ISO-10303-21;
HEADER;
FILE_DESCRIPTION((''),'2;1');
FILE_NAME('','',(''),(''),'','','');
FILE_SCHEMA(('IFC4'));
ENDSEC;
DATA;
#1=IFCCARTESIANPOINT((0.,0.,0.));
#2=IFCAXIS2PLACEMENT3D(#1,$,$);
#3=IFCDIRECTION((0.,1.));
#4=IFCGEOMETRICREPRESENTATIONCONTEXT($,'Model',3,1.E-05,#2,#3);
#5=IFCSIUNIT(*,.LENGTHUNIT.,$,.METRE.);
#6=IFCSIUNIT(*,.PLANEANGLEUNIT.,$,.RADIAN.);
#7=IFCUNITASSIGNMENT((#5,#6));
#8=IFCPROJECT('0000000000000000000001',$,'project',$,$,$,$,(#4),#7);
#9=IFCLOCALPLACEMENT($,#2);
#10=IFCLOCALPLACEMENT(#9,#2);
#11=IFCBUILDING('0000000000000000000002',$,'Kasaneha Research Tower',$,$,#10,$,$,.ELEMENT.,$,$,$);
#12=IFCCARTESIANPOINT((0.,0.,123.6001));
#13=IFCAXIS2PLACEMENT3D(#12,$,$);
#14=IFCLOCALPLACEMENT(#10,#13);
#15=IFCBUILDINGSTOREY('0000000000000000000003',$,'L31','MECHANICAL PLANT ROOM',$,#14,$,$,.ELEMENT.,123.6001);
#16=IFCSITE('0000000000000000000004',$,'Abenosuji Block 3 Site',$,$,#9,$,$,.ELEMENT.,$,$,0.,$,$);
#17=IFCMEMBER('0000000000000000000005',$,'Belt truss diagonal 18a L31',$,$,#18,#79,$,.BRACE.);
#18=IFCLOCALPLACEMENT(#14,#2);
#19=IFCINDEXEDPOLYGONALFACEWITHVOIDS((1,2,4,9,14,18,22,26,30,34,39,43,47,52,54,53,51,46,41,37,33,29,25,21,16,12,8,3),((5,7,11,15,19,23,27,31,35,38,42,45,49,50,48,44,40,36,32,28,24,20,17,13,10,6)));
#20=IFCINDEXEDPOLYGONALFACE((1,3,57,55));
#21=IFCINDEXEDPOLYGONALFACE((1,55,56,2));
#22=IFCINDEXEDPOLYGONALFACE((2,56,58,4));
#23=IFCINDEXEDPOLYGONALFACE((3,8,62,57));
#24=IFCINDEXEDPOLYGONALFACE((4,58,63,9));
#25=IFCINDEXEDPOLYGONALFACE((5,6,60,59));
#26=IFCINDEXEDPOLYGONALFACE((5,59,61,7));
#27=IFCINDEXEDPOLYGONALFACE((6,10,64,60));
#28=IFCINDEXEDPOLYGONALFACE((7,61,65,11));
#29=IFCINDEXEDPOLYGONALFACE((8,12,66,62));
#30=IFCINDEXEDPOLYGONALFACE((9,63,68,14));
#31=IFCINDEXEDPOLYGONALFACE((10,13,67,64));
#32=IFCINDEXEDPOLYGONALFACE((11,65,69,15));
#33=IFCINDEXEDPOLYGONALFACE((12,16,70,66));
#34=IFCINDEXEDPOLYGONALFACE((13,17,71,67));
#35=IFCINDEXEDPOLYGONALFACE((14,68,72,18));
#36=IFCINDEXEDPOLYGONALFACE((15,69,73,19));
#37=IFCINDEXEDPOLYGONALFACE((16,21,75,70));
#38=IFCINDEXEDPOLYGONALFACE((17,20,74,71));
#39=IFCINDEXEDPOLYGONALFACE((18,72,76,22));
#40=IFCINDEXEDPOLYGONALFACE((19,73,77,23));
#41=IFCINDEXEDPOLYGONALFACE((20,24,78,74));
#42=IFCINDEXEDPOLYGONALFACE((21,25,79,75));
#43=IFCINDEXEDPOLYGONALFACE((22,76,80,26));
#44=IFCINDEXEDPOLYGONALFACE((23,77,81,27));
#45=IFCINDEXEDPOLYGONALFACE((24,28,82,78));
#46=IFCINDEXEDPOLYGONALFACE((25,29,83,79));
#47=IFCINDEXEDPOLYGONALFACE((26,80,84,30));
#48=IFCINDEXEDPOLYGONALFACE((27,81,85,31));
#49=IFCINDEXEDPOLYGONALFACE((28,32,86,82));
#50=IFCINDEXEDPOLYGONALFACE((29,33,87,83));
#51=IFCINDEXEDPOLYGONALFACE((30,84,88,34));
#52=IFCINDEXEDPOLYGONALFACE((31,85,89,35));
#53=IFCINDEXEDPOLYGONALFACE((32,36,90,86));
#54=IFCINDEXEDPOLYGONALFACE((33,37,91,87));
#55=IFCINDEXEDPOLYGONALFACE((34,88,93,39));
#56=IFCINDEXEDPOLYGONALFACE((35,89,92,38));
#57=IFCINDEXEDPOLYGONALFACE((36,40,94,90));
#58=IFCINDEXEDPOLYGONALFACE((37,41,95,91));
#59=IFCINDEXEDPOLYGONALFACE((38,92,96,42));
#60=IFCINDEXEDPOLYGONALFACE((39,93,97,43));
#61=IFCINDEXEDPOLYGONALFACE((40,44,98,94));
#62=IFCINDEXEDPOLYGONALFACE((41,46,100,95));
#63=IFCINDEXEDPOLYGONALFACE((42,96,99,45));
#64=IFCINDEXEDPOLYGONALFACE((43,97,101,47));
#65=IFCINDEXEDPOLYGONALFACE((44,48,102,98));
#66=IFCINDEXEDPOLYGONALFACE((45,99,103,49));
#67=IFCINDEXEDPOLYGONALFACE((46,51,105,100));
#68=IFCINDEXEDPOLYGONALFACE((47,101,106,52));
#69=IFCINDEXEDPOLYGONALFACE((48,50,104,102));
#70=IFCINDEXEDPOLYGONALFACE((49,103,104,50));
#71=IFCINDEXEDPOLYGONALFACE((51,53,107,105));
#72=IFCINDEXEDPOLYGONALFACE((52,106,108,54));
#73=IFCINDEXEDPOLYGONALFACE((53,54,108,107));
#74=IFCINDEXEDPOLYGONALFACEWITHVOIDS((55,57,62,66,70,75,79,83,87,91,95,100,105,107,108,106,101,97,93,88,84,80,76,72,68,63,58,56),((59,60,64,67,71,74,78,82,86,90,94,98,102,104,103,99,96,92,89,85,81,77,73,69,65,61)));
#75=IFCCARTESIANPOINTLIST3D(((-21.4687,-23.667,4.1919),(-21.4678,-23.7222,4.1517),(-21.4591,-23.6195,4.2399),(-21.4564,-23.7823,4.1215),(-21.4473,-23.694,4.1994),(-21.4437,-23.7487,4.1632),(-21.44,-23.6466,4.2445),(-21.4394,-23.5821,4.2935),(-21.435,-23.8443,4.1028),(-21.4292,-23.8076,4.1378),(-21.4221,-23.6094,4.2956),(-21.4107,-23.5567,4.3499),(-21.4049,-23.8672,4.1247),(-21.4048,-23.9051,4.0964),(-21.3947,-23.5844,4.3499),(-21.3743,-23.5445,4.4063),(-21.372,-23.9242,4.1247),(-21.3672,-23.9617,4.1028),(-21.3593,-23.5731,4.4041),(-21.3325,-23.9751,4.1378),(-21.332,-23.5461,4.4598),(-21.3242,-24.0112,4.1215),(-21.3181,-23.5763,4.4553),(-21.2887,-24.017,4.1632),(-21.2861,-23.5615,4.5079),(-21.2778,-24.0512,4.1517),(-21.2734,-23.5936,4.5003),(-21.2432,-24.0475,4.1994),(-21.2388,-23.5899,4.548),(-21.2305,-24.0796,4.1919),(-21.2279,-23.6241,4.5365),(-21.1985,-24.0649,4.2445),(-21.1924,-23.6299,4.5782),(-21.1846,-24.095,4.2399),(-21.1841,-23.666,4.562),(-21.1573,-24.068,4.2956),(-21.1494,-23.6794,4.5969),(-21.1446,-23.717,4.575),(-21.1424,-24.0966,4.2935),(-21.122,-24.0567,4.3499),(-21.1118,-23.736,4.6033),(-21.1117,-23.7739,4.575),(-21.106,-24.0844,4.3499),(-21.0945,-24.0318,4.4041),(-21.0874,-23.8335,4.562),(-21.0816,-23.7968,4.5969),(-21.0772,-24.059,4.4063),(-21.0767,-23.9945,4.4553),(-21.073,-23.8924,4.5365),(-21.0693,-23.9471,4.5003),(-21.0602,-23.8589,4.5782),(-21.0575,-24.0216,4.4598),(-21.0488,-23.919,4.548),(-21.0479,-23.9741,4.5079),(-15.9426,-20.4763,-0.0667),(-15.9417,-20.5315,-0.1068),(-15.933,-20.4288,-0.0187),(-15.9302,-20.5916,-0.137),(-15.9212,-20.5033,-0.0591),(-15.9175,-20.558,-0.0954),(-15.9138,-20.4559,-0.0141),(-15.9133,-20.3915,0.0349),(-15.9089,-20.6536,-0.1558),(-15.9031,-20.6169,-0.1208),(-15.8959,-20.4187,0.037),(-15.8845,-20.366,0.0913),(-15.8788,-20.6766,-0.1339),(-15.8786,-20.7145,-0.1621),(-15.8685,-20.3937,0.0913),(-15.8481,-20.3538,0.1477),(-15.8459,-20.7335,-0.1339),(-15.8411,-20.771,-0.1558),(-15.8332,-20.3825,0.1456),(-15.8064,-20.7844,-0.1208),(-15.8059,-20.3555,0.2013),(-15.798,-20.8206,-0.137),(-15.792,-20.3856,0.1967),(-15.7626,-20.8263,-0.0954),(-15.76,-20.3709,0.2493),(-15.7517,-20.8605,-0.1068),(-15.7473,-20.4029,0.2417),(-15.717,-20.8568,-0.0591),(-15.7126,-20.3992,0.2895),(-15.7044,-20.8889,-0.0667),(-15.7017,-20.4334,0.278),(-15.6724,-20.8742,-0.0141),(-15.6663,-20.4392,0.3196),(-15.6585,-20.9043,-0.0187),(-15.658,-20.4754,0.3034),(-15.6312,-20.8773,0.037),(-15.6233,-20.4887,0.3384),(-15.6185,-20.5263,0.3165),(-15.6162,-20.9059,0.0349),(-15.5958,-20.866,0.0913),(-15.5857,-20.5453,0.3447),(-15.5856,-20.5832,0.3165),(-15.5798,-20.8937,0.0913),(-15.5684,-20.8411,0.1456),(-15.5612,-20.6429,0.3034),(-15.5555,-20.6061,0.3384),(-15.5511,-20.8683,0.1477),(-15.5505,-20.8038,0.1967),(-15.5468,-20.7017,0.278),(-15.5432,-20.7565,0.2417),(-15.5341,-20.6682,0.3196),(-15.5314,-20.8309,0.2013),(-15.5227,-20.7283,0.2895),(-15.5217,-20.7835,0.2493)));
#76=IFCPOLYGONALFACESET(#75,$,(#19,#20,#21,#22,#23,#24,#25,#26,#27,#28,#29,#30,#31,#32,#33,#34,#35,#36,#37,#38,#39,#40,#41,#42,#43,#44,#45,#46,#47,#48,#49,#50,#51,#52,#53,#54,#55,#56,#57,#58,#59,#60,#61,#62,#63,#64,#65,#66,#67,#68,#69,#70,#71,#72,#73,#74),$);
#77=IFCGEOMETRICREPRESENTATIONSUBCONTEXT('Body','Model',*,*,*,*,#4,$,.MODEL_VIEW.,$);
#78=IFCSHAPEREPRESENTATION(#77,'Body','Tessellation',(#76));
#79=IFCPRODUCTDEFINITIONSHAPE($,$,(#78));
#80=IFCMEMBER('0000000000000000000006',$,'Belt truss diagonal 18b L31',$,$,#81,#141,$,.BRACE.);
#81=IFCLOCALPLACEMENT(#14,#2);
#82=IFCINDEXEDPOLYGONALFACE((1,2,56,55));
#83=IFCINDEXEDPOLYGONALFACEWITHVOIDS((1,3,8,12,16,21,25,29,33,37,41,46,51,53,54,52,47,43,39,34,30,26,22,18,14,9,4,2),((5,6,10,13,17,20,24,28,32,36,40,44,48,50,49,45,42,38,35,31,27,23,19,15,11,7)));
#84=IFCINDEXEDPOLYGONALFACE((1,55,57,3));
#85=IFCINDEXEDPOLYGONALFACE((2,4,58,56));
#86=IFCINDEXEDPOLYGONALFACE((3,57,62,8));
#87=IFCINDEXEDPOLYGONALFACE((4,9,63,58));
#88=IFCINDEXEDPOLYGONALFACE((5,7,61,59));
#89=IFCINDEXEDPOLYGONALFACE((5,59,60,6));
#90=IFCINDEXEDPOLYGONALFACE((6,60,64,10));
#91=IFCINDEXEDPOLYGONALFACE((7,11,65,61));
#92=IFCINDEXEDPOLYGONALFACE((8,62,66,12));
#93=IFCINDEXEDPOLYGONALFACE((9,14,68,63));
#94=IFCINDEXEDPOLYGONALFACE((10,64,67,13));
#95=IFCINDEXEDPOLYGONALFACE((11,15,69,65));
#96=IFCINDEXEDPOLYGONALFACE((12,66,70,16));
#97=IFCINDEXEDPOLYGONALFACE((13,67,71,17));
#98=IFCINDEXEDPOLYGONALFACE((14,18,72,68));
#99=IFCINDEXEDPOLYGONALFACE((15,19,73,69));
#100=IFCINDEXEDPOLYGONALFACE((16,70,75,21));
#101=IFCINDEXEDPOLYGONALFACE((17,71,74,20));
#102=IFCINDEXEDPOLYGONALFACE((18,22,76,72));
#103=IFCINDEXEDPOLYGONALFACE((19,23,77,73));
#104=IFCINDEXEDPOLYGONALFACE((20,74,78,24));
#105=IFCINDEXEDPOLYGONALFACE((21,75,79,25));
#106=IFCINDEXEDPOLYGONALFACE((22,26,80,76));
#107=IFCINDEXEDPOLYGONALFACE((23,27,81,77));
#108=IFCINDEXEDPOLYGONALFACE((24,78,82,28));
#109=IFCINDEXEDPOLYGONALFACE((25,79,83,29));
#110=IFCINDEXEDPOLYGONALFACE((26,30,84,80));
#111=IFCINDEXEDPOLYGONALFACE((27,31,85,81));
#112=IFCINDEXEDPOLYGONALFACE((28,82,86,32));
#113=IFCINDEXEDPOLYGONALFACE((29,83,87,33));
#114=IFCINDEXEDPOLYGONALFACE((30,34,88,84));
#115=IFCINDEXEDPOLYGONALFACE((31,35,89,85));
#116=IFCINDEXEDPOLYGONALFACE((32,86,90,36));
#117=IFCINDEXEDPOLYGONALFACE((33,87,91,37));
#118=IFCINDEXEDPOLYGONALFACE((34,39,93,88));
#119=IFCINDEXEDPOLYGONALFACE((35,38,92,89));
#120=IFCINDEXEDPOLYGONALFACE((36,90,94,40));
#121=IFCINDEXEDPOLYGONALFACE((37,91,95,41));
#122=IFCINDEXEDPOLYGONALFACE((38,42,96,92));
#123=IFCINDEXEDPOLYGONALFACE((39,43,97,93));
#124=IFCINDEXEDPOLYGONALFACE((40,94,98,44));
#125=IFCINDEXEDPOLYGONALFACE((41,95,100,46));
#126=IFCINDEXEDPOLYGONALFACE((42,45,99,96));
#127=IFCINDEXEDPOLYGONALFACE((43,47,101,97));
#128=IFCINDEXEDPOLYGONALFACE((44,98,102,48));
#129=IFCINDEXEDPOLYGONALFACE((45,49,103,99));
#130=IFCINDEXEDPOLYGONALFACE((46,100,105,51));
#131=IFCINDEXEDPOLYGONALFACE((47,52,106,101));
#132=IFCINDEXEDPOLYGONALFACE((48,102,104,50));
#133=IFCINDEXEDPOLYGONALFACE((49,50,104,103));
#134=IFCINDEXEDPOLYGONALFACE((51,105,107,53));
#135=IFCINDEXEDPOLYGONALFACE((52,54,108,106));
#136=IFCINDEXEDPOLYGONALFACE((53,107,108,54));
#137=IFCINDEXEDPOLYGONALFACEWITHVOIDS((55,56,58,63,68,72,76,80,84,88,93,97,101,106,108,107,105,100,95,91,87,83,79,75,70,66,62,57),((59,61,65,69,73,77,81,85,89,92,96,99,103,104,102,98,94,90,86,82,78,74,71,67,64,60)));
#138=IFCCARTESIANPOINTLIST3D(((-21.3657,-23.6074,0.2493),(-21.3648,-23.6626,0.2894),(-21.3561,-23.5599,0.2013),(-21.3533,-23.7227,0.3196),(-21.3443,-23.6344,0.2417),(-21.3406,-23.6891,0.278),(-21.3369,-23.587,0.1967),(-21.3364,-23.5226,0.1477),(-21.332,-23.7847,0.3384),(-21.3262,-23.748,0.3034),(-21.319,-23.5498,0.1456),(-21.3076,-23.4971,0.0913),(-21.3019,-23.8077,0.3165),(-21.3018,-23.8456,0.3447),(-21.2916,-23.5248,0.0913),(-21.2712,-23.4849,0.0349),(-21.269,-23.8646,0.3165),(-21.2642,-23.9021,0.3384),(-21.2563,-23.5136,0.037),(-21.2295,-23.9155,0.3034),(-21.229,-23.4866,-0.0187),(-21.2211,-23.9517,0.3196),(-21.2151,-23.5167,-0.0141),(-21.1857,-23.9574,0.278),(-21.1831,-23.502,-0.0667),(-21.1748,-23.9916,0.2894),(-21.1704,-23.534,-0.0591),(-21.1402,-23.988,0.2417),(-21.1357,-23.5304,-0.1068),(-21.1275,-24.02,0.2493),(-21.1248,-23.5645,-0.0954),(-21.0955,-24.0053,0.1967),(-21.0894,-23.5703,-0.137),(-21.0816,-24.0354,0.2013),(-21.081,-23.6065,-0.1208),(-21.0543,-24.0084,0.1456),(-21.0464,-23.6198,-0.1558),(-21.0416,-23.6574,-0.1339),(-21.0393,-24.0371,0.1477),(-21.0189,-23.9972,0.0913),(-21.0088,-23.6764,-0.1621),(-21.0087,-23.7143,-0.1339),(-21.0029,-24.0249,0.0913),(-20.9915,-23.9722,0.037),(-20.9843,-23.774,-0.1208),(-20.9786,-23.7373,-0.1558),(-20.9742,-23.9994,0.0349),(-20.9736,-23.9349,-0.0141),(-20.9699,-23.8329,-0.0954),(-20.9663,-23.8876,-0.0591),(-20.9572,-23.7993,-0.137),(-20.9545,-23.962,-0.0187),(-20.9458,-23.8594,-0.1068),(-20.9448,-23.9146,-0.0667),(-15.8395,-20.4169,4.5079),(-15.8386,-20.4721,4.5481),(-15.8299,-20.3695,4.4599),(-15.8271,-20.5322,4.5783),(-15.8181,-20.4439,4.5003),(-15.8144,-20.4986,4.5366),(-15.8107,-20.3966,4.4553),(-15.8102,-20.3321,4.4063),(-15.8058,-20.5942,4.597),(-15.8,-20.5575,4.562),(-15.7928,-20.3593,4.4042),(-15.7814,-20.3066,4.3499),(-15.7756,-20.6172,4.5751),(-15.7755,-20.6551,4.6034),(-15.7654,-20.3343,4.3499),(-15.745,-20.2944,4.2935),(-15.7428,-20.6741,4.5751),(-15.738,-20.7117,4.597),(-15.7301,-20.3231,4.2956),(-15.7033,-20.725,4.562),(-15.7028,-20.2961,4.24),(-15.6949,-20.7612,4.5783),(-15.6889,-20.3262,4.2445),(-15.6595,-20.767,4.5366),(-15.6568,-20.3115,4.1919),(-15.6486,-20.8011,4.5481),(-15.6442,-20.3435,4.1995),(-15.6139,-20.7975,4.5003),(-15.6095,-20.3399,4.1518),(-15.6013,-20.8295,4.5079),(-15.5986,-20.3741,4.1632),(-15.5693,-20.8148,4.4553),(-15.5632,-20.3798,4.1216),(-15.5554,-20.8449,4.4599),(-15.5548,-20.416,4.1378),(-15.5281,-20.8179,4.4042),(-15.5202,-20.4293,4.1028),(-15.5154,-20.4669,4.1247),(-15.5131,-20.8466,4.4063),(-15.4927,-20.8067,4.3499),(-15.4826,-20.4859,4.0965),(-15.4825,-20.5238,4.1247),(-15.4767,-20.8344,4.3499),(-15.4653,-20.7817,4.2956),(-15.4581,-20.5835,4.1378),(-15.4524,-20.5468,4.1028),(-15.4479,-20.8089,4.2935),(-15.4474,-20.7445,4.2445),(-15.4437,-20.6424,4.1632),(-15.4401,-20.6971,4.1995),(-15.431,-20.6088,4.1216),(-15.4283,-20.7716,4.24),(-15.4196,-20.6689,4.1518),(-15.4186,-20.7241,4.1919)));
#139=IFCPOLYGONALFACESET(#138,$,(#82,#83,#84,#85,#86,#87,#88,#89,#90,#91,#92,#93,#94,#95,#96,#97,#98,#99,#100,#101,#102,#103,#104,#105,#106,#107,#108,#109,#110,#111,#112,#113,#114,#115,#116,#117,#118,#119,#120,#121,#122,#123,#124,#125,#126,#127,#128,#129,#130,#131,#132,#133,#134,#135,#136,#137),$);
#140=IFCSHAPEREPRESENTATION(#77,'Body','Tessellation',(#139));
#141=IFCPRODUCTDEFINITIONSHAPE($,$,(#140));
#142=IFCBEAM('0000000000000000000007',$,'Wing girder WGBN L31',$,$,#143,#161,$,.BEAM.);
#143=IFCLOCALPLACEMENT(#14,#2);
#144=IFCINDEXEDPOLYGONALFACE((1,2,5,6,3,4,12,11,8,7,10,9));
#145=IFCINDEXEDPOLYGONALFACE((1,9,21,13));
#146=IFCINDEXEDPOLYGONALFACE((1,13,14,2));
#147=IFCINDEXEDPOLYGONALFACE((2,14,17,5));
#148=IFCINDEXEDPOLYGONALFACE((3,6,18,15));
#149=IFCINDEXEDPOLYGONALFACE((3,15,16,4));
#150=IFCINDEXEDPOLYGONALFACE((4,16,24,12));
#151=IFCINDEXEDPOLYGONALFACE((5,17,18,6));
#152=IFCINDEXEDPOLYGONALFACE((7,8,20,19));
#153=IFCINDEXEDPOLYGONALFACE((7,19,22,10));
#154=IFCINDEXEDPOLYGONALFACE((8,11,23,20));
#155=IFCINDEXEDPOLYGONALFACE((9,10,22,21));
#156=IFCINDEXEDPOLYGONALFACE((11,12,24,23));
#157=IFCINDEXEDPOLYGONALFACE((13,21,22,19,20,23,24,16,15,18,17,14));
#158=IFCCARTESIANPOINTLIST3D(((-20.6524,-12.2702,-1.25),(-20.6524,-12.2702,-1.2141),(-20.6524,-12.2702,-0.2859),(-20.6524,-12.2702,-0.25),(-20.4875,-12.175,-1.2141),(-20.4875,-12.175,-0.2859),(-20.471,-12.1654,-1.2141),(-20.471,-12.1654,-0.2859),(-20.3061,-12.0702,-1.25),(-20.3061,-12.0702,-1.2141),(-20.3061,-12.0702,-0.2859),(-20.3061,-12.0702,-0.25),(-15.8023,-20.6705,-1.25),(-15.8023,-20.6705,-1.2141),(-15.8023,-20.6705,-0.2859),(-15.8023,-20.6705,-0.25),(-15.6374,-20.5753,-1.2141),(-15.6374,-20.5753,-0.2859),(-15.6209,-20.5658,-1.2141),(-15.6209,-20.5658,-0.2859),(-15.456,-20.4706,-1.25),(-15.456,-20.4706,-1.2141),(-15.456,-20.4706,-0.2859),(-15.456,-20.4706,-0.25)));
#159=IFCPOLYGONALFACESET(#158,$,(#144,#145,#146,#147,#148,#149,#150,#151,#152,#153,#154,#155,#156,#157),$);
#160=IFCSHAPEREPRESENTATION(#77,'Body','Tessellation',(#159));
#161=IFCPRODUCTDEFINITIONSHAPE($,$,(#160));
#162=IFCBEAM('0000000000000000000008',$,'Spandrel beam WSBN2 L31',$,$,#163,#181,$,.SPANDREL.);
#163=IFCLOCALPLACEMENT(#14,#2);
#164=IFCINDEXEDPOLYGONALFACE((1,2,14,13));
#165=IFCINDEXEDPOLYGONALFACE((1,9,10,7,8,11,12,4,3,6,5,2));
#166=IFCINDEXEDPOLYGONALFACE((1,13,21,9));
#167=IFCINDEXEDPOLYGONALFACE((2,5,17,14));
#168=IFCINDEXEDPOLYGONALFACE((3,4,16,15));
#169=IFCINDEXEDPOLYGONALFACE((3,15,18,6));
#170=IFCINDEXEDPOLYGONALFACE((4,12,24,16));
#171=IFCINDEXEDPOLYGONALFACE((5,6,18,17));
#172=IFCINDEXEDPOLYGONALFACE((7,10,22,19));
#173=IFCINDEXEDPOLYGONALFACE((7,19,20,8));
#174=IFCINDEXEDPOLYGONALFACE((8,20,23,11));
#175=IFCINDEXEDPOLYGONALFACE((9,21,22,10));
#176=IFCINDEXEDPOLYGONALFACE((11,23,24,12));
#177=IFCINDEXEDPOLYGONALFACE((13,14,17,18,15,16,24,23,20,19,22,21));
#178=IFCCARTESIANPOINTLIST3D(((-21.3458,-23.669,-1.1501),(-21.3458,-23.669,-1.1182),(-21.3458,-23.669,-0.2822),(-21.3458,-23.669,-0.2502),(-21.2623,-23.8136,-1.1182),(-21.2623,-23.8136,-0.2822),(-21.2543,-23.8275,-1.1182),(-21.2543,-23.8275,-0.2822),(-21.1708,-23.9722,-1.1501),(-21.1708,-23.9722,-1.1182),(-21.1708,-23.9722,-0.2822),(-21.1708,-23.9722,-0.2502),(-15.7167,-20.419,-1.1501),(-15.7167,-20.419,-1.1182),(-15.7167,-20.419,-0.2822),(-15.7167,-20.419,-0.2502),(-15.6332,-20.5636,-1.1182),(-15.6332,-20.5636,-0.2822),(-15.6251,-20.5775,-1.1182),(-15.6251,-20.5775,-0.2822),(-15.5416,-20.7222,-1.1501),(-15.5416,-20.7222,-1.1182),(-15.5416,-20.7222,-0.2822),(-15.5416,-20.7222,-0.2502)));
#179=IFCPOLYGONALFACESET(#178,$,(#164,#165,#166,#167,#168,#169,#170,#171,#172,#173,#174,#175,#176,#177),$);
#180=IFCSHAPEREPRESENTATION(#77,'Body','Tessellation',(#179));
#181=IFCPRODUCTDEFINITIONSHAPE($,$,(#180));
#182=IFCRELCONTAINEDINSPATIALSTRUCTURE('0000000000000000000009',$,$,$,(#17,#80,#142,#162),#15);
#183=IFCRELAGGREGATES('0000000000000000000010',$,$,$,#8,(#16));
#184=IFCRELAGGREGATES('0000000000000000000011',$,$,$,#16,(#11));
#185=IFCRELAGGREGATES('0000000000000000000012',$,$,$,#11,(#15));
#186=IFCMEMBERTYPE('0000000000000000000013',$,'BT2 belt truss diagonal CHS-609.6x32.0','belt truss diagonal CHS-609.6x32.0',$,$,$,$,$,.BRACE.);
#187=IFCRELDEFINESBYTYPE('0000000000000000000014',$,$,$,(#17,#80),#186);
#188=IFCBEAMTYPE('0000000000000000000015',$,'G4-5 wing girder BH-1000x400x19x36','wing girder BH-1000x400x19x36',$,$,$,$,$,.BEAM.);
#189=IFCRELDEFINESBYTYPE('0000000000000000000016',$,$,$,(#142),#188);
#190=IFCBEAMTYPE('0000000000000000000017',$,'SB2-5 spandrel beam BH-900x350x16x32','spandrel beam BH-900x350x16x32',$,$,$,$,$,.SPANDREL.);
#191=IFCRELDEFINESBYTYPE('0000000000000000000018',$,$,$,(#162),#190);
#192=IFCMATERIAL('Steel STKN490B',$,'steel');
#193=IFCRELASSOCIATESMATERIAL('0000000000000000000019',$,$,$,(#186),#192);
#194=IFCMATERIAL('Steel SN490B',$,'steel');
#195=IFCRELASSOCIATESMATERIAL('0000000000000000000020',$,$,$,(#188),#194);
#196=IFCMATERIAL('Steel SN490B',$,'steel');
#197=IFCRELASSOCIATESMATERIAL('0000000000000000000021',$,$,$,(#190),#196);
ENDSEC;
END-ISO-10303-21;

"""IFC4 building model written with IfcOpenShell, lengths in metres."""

from ifc_helpers import new_model, si_unit, direction, frame, origin, origin_2d, place, context, subcontext, project, spatial, hollow_circle, i_section, extrude, material, material_profile, profile_set, type_object, element, save


model = new_model("IFC4")

# Units and contexts
model_context = context("Model", 3, precision=1e-05, world=origin(), true_north=direction((0.0, 1.0)))
body_context = subcontext(model_context, "Body", "Model", "MODEL_VIEW")
ifc_project = project(units=[si_unit("LENGTHUNIT", "METRE"), si_unit("PLANEANGLEUNIT", "RADIAN")], contexts=[model_context])

# Site, building, storey
site_placement = place(None, origin())
site = spatial("IfcSite", under=ifc_project, at=site_placement, Name="Abenosuji Block 3 Site", CompositionType="ELEMENT", RefElevation=0.0)
building_placement = place(site_placement, origin())
building = spatial("IfcBuilding", under=site, at=building_placement, Name="Kasaneha Research Tower", CompositionType="ELEMENT")
storey_placement = place(building_placement, frame((0.0, 0.0, 123.6001)))
storey = spatial("IfcBuildingStorey", under=building, at=storey_placement, Name="L31", Description="MECHANICAL PLANT ROOM", CompositionType="ELEMENT", Elevation=123.6001)

# Members
ifc_material_1 = material(Name="Steel STKN490B", Category="steel")
ifc_material_profile_1 = material_profile(ifc_material_1, hollow_circle(Radius=0.3047, WallThickness=0.032, at=origin_2d()), Name="CHS-609.6x32.0")
ifc_profile_set_1 = profile_set([ifc_material_profile_1], Name="Steel STKN490B")
member_type = type_object("IfcMemberType", Name="BT2 belt truss diagonal CHS-609.6x32.0", Description="belt truss diagonal CHS-609.6x32.0", PredefinedType="BRACE", material=ifc_profile_set_1)
for number, where, z_axis, x_axis, name in (
    (1, (-15.7322, -20.6299, 0.0913), (-0.720334, -0.415907, 0.555104), (0.500019, -0.866014, 0.0), "Belt truss diagonal 18a L31"),
    (2, (-21.1553, -23.761, 0.0913), (0.720343, 0.41588, 0.555112), (-0.499991, 0.866031, 0.0), "Belt truss diagonal 18b L31"),
):
    element("IfcMember", number, at=place(storey_placement, frame(where, z_axis=z_axis, x_axis=x_axis)), inside=storey, type_object=member_type, Name=name, PredefinedType="BRACE", context=body_context, shape_type="SweptSolid", body=[
        extrude(hollow_circle(Radius=0.3047, WallThickness=0.032, at=origin_2d()), origin(), (0.0, 0.0, 1.0), 7.6716),
    ])

# Beams
ifc_material_2 = material(Name="Steel SN490B", Category="steel")
ifc_material_profile_2 = material_profile(ifc_material_2, i_section(OverallWidth=0.3999, OverallDepth=1.0, WebThickness=0.019, FlangeThickness=0.0359, at=origin_2d()), Name="BH-1000x400x19x36")
ifc_profile_set_2 = profile_set([ifc_material_profile_2], Name="Steel SN490B")
beam_type_1 = type_object("IfcBeamType", Name="G4-5 wing girder BH-1000x400x19x36", Description="wing girder BH-1000x400x19x36", PredefinedType="BEAM", material=ifc_profile_set_2)
beam_1_placement = place(storey_placement, frame((-15.6292, -20.5706, -0.75), z_axis=(-0.50001, 0.86602, 0.0), x_axis=(-0.86602, -0.50001, 0.0)))
element("IfcBeam", 3, at=beam_1_placement, inside=storey, type_object=beam_type_1, Name="Wing girder WGBN L31", PredefinedType="BEAM", context=body_context, shape_type="SweptSolid", body=[
    extrude(i_section(OverallWidth=0.3999, OverallDepth=1.0, WebThickness=0.019, FlangeThickness=0.0359, at=origin_2d()), origin(), (0.0, 0.0, 1.0), 9.7),
])
ifc_material_3 = material(Name="Steel SN490B", Category="steel")
ifc_material_profile_3 = material_profile(ifc_material_3, i_section(OverallWidth=0.3501, OverallDepth=0.8999, WebThickness=0.0161, FlangeThickness=0.032, at=origin_2d()), Name="BH-900x350x16x32")
ifc_profile_set_3 = profile_set([ifc_material_profile_3], Name="Steel SN490B")
beam_type_2 = type_object("IfcBeamType", Name="SB2-5 spandrel beam BH-900x350x16x32", Description="spandrel beam BH-900x350x16x32", PredefinedType="SPANDREL", material=ifc_profile_set_3)
beam_2_placement = place(storey_placement, frame((-15.6292, -20.5706, -0.7002), z_axis=(-0.866025, -0.500001, 0.0), x_axis=(0.500001, -0.866025, 0.0)))
element("IfcBeam", 4, at=beam_2_placement, inside=storey, type_object=beam_type_2, Name="Spandrel beam WSBN2 L31", PredefinedType="SPANDREL", context=body_context, shape_type="SweptSolid", body=[
    extrude(i_section(OverallWidth=0.3501, OverallDepth=0.8999, WebThickness=0.0161, FlangeThickness=0.032, at=origin_2d()), origin(), (0.0, 0.0, 1.0), 6.5),
])

save(model, "model.ifc")
